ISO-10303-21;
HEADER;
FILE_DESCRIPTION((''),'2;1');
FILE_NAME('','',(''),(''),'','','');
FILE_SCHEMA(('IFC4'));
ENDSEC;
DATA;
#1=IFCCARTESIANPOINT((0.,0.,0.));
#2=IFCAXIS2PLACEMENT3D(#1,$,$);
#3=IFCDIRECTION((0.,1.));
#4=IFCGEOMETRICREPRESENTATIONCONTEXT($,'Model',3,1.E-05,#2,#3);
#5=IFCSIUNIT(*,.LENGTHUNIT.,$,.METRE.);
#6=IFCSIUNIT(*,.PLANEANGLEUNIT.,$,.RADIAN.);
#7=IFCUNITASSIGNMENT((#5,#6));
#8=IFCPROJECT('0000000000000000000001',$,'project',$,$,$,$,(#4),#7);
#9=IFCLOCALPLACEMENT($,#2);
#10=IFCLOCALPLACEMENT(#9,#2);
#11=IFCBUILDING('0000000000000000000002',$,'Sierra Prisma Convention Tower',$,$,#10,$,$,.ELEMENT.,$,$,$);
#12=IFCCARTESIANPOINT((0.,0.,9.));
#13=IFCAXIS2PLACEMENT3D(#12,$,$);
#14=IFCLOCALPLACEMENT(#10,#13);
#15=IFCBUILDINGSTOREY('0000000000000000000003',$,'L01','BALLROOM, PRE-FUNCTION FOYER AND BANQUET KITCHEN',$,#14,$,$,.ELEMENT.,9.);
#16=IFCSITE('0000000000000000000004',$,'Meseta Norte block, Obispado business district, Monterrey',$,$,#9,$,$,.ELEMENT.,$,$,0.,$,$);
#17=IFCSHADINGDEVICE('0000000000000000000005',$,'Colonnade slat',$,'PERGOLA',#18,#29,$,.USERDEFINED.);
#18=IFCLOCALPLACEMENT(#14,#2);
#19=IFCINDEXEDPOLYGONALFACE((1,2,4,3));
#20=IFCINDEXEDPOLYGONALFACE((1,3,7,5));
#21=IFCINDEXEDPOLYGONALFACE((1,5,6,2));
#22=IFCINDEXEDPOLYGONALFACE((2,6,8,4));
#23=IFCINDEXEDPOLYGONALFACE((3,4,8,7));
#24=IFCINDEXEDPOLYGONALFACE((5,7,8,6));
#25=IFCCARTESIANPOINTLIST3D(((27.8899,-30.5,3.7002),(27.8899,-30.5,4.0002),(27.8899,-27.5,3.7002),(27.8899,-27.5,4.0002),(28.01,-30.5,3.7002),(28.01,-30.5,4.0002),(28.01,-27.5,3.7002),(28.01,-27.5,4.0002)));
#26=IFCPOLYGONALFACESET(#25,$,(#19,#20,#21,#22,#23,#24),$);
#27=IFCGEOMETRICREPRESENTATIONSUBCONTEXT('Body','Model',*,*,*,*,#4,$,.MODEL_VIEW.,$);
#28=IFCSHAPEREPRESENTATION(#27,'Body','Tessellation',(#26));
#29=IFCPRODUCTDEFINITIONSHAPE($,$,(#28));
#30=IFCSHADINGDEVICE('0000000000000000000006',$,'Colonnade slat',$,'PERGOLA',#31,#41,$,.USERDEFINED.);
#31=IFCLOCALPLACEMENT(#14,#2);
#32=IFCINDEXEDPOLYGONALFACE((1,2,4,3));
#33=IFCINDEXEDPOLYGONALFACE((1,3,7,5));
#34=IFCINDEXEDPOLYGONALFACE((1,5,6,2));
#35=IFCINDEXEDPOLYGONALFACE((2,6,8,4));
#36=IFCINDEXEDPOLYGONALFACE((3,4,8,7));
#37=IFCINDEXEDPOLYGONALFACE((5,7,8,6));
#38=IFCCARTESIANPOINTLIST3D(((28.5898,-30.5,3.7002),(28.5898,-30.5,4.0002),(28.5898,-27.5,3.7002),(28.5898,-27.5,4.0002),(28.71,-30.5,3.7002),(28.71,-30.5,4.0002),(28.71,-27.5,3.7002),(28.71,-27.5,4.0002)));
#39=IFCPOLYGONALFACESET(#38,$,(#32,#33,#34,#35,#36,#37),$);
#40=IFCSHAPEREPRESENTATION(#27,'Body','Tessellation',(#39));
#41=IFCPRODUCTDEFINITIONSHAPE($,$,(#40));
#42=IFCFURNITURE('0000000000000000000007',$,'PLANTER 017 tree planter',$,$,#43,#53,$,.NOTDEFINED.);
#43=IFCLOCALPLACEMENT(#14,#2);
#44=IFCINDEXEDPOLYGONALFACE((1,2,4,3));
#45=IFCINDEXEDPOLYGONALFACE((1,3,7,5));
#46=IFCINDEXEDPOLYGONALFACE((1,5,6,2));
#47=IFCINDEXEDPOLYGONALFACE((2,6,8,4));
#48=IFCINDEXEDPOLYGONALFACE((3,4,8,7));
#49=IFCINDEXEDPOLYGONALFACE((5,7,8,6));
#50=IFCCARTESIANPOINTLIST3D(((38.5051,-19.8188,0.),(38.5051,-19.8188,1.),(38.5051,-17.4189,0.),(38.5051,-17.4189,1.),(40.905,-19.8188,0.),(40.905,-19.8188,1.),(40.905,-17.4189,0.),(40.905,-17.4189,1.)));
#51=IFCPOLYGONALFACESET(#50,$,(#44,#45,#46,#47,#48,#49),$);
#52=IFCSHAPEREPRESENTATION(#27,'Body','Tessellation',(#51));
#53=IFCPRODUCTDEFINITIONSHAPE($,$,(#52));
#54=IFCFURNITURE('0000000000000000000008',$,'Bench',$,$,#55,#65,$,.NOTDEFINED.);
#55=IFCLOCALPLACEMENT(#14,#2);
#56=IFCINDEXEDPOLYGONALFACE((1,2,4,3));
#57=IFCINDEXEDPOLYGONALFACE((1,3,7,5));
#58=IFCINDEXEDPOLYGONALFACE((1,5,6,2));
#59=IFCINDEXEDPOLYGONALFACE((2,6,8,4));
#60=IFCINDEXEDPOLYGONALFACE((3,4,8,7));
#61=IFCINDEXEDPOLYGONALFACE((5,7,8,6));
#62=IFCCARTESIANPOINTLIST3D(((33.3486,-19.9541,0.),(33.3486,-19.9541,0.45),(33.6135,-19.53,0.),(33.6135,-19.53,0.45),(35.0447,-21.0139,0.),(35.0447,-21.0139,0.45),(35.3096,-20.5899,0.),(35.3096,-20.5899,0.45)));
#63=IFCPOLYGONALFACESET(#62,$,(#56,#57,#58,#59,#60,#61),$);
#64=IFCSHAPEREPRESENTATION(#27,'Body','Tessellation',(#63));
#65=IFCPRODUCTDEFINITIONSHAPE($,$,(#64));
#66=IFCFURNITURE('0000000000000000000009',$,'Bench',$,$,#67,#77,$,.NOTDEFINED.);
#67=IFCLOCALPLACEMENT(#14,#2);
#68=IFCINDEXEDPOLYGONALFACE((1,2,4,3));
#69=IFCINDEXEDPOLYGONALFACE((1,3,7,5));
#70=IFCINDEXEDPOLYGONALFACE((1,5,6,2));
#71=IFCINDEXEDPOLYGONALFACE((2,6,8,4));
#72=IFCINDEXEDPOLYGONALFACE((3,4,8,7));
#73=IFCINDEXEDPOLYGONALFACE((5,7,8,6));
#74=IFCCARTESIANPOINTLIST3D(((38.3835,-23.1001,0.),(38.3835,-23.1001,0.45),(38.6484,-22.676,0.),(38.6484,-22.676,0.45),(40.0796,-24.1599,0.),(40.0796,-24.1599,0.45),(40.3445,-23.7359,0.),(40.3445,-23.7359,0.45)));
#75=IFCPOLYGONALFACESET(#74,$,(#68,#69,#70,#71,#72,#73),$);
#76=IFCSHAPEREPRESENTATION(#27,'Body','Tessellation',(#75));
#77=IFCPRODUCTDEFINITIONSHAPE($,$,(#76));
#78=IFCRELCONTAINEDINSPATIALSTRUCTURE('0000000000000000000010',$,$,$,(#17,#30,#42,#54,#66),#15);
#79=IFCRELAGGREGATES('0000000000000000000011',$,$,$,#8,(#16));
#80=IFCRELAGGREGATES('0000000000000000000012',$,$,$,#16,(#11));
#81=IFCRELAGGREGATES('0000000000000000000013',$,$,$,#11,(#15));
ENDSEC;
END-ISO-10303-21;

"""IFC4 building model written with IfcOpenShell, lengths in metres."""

from ifc_helpers import new_model, si_unit, direction, frame, origin, origin_2d, place, context, subcontext, project, spatial, rectangle, extrude, element, save


model = new_model("IFC4")

# Units and contexts
model_context = context("Model", 3, precision=1e-05, world=origin(), true_north=direction((0.0, 1.0)))
body_context = subcontext(model_context, "Body", "Model", "MODEL_VIEW")
ifc_project = project(units=[si_unit("LENGTHUNIT", "METRE"), si_unit("PLANEANGLEUNIT", "RADIAN")], contexts=[model_context])

# Site, building, storey
site_placement = place(None, origin())
site = spatial("IfcSite", under=ifc_project, at=site_placement, Name="Meseta Norte block, Obispado business district, Monterrey", CompositionType="ELEMENT", RefElevation=0.0)
building_placement = place(site_placement, origin())
building = spatial("IfcBuilding", under=site, at=building_placement, Name="Sierra Prisma Convention Tower", CompositionType="ELEMENT")
storey_placement = place(building_placement, frame((0.0, 0.0, 9.0)))
storey = spatial("IfcBuildingStorey", under=building, at=storey_placement, Name="L01", Description="BALLROOM, PRE-FUNCTION FOYER AND BANQUET KITCHEN", CompositionType="ELEMENT", Elevation=9.0)

# Shading devices
for number, where, z_axis, x_axis, name in (
    (1, (27.95, -29.0, 3.7002), (0.0, 0.0, 1.0), (1.0, 0.0, 0.0), "Colonnade slat"),
    (2, (28.6499, -29.0, 3.7002), (0.0, 0.0, 1.0), (1.0, 0.0, 0.0), "Colonnade slat"),
):
    element("IfcShadingDevice", number, at=place(storey_placement, frame(where, z_axis=z_axis, x_axis=x_axis)), inside=storey, Name=name, ObjectType="PERGOLA", PredefinedType="USERDEFINED", context=body_context, shape_type="SweptSolid", body=[
        extrude(rectangle(XDim=0.1201, YDim=3.0, at=origin_2d()), origin(), (0.0, 0.0, 1.0), 0.3),
    ])

# Furniture
furniture_placement = place(storey_placement, frame((39.7051, -18.6189, 0.0), z_axis=(0.0, 0.0, 1.0), x_axis=(1.0, 0.0, 0.0)))
element("IfcFurniture", 3, at=furniture_placement, inside=storey, Name="PLANTER 017 tree planter", PredefinedType="NOTDEFINED", context=body_context, shape_type="SweptSolid", body=[
    extrude(rectangle(XDim=2.3999, YDim=2.3999, at=origin_2d()), origin(), (0.0, 0.0, 1.0), 1.0),
])
for number, where, z_axis, x_axis, name in (
    (4, (34.3291, -20.272, 0.0), (0.0, 0.0, 1.0), (0.848048, -0.529919, 0.0), "Bench"),
    (5, (39.364, -23.418, 0.0), (0.0, 0.0, 1.0), (0.848048, -0.529919, 0.0), "Bench"),
):
    element("IfcFurniture", number, at=place(storey_placement, frame(where, z_axis=z_axis, x_axis=x_axis)), inside=storey, Name=name, PredefinedType="NOTDEFINED", context=body_context, shape_type="SweptSolid", body=[
        extrude(rectangle(XDim=2.0, YDim=0.5, at=origin_2d()), origin(), (0.0, 0.0, 1.0), 0.45),
    ])

save(model, "model.ifc")
